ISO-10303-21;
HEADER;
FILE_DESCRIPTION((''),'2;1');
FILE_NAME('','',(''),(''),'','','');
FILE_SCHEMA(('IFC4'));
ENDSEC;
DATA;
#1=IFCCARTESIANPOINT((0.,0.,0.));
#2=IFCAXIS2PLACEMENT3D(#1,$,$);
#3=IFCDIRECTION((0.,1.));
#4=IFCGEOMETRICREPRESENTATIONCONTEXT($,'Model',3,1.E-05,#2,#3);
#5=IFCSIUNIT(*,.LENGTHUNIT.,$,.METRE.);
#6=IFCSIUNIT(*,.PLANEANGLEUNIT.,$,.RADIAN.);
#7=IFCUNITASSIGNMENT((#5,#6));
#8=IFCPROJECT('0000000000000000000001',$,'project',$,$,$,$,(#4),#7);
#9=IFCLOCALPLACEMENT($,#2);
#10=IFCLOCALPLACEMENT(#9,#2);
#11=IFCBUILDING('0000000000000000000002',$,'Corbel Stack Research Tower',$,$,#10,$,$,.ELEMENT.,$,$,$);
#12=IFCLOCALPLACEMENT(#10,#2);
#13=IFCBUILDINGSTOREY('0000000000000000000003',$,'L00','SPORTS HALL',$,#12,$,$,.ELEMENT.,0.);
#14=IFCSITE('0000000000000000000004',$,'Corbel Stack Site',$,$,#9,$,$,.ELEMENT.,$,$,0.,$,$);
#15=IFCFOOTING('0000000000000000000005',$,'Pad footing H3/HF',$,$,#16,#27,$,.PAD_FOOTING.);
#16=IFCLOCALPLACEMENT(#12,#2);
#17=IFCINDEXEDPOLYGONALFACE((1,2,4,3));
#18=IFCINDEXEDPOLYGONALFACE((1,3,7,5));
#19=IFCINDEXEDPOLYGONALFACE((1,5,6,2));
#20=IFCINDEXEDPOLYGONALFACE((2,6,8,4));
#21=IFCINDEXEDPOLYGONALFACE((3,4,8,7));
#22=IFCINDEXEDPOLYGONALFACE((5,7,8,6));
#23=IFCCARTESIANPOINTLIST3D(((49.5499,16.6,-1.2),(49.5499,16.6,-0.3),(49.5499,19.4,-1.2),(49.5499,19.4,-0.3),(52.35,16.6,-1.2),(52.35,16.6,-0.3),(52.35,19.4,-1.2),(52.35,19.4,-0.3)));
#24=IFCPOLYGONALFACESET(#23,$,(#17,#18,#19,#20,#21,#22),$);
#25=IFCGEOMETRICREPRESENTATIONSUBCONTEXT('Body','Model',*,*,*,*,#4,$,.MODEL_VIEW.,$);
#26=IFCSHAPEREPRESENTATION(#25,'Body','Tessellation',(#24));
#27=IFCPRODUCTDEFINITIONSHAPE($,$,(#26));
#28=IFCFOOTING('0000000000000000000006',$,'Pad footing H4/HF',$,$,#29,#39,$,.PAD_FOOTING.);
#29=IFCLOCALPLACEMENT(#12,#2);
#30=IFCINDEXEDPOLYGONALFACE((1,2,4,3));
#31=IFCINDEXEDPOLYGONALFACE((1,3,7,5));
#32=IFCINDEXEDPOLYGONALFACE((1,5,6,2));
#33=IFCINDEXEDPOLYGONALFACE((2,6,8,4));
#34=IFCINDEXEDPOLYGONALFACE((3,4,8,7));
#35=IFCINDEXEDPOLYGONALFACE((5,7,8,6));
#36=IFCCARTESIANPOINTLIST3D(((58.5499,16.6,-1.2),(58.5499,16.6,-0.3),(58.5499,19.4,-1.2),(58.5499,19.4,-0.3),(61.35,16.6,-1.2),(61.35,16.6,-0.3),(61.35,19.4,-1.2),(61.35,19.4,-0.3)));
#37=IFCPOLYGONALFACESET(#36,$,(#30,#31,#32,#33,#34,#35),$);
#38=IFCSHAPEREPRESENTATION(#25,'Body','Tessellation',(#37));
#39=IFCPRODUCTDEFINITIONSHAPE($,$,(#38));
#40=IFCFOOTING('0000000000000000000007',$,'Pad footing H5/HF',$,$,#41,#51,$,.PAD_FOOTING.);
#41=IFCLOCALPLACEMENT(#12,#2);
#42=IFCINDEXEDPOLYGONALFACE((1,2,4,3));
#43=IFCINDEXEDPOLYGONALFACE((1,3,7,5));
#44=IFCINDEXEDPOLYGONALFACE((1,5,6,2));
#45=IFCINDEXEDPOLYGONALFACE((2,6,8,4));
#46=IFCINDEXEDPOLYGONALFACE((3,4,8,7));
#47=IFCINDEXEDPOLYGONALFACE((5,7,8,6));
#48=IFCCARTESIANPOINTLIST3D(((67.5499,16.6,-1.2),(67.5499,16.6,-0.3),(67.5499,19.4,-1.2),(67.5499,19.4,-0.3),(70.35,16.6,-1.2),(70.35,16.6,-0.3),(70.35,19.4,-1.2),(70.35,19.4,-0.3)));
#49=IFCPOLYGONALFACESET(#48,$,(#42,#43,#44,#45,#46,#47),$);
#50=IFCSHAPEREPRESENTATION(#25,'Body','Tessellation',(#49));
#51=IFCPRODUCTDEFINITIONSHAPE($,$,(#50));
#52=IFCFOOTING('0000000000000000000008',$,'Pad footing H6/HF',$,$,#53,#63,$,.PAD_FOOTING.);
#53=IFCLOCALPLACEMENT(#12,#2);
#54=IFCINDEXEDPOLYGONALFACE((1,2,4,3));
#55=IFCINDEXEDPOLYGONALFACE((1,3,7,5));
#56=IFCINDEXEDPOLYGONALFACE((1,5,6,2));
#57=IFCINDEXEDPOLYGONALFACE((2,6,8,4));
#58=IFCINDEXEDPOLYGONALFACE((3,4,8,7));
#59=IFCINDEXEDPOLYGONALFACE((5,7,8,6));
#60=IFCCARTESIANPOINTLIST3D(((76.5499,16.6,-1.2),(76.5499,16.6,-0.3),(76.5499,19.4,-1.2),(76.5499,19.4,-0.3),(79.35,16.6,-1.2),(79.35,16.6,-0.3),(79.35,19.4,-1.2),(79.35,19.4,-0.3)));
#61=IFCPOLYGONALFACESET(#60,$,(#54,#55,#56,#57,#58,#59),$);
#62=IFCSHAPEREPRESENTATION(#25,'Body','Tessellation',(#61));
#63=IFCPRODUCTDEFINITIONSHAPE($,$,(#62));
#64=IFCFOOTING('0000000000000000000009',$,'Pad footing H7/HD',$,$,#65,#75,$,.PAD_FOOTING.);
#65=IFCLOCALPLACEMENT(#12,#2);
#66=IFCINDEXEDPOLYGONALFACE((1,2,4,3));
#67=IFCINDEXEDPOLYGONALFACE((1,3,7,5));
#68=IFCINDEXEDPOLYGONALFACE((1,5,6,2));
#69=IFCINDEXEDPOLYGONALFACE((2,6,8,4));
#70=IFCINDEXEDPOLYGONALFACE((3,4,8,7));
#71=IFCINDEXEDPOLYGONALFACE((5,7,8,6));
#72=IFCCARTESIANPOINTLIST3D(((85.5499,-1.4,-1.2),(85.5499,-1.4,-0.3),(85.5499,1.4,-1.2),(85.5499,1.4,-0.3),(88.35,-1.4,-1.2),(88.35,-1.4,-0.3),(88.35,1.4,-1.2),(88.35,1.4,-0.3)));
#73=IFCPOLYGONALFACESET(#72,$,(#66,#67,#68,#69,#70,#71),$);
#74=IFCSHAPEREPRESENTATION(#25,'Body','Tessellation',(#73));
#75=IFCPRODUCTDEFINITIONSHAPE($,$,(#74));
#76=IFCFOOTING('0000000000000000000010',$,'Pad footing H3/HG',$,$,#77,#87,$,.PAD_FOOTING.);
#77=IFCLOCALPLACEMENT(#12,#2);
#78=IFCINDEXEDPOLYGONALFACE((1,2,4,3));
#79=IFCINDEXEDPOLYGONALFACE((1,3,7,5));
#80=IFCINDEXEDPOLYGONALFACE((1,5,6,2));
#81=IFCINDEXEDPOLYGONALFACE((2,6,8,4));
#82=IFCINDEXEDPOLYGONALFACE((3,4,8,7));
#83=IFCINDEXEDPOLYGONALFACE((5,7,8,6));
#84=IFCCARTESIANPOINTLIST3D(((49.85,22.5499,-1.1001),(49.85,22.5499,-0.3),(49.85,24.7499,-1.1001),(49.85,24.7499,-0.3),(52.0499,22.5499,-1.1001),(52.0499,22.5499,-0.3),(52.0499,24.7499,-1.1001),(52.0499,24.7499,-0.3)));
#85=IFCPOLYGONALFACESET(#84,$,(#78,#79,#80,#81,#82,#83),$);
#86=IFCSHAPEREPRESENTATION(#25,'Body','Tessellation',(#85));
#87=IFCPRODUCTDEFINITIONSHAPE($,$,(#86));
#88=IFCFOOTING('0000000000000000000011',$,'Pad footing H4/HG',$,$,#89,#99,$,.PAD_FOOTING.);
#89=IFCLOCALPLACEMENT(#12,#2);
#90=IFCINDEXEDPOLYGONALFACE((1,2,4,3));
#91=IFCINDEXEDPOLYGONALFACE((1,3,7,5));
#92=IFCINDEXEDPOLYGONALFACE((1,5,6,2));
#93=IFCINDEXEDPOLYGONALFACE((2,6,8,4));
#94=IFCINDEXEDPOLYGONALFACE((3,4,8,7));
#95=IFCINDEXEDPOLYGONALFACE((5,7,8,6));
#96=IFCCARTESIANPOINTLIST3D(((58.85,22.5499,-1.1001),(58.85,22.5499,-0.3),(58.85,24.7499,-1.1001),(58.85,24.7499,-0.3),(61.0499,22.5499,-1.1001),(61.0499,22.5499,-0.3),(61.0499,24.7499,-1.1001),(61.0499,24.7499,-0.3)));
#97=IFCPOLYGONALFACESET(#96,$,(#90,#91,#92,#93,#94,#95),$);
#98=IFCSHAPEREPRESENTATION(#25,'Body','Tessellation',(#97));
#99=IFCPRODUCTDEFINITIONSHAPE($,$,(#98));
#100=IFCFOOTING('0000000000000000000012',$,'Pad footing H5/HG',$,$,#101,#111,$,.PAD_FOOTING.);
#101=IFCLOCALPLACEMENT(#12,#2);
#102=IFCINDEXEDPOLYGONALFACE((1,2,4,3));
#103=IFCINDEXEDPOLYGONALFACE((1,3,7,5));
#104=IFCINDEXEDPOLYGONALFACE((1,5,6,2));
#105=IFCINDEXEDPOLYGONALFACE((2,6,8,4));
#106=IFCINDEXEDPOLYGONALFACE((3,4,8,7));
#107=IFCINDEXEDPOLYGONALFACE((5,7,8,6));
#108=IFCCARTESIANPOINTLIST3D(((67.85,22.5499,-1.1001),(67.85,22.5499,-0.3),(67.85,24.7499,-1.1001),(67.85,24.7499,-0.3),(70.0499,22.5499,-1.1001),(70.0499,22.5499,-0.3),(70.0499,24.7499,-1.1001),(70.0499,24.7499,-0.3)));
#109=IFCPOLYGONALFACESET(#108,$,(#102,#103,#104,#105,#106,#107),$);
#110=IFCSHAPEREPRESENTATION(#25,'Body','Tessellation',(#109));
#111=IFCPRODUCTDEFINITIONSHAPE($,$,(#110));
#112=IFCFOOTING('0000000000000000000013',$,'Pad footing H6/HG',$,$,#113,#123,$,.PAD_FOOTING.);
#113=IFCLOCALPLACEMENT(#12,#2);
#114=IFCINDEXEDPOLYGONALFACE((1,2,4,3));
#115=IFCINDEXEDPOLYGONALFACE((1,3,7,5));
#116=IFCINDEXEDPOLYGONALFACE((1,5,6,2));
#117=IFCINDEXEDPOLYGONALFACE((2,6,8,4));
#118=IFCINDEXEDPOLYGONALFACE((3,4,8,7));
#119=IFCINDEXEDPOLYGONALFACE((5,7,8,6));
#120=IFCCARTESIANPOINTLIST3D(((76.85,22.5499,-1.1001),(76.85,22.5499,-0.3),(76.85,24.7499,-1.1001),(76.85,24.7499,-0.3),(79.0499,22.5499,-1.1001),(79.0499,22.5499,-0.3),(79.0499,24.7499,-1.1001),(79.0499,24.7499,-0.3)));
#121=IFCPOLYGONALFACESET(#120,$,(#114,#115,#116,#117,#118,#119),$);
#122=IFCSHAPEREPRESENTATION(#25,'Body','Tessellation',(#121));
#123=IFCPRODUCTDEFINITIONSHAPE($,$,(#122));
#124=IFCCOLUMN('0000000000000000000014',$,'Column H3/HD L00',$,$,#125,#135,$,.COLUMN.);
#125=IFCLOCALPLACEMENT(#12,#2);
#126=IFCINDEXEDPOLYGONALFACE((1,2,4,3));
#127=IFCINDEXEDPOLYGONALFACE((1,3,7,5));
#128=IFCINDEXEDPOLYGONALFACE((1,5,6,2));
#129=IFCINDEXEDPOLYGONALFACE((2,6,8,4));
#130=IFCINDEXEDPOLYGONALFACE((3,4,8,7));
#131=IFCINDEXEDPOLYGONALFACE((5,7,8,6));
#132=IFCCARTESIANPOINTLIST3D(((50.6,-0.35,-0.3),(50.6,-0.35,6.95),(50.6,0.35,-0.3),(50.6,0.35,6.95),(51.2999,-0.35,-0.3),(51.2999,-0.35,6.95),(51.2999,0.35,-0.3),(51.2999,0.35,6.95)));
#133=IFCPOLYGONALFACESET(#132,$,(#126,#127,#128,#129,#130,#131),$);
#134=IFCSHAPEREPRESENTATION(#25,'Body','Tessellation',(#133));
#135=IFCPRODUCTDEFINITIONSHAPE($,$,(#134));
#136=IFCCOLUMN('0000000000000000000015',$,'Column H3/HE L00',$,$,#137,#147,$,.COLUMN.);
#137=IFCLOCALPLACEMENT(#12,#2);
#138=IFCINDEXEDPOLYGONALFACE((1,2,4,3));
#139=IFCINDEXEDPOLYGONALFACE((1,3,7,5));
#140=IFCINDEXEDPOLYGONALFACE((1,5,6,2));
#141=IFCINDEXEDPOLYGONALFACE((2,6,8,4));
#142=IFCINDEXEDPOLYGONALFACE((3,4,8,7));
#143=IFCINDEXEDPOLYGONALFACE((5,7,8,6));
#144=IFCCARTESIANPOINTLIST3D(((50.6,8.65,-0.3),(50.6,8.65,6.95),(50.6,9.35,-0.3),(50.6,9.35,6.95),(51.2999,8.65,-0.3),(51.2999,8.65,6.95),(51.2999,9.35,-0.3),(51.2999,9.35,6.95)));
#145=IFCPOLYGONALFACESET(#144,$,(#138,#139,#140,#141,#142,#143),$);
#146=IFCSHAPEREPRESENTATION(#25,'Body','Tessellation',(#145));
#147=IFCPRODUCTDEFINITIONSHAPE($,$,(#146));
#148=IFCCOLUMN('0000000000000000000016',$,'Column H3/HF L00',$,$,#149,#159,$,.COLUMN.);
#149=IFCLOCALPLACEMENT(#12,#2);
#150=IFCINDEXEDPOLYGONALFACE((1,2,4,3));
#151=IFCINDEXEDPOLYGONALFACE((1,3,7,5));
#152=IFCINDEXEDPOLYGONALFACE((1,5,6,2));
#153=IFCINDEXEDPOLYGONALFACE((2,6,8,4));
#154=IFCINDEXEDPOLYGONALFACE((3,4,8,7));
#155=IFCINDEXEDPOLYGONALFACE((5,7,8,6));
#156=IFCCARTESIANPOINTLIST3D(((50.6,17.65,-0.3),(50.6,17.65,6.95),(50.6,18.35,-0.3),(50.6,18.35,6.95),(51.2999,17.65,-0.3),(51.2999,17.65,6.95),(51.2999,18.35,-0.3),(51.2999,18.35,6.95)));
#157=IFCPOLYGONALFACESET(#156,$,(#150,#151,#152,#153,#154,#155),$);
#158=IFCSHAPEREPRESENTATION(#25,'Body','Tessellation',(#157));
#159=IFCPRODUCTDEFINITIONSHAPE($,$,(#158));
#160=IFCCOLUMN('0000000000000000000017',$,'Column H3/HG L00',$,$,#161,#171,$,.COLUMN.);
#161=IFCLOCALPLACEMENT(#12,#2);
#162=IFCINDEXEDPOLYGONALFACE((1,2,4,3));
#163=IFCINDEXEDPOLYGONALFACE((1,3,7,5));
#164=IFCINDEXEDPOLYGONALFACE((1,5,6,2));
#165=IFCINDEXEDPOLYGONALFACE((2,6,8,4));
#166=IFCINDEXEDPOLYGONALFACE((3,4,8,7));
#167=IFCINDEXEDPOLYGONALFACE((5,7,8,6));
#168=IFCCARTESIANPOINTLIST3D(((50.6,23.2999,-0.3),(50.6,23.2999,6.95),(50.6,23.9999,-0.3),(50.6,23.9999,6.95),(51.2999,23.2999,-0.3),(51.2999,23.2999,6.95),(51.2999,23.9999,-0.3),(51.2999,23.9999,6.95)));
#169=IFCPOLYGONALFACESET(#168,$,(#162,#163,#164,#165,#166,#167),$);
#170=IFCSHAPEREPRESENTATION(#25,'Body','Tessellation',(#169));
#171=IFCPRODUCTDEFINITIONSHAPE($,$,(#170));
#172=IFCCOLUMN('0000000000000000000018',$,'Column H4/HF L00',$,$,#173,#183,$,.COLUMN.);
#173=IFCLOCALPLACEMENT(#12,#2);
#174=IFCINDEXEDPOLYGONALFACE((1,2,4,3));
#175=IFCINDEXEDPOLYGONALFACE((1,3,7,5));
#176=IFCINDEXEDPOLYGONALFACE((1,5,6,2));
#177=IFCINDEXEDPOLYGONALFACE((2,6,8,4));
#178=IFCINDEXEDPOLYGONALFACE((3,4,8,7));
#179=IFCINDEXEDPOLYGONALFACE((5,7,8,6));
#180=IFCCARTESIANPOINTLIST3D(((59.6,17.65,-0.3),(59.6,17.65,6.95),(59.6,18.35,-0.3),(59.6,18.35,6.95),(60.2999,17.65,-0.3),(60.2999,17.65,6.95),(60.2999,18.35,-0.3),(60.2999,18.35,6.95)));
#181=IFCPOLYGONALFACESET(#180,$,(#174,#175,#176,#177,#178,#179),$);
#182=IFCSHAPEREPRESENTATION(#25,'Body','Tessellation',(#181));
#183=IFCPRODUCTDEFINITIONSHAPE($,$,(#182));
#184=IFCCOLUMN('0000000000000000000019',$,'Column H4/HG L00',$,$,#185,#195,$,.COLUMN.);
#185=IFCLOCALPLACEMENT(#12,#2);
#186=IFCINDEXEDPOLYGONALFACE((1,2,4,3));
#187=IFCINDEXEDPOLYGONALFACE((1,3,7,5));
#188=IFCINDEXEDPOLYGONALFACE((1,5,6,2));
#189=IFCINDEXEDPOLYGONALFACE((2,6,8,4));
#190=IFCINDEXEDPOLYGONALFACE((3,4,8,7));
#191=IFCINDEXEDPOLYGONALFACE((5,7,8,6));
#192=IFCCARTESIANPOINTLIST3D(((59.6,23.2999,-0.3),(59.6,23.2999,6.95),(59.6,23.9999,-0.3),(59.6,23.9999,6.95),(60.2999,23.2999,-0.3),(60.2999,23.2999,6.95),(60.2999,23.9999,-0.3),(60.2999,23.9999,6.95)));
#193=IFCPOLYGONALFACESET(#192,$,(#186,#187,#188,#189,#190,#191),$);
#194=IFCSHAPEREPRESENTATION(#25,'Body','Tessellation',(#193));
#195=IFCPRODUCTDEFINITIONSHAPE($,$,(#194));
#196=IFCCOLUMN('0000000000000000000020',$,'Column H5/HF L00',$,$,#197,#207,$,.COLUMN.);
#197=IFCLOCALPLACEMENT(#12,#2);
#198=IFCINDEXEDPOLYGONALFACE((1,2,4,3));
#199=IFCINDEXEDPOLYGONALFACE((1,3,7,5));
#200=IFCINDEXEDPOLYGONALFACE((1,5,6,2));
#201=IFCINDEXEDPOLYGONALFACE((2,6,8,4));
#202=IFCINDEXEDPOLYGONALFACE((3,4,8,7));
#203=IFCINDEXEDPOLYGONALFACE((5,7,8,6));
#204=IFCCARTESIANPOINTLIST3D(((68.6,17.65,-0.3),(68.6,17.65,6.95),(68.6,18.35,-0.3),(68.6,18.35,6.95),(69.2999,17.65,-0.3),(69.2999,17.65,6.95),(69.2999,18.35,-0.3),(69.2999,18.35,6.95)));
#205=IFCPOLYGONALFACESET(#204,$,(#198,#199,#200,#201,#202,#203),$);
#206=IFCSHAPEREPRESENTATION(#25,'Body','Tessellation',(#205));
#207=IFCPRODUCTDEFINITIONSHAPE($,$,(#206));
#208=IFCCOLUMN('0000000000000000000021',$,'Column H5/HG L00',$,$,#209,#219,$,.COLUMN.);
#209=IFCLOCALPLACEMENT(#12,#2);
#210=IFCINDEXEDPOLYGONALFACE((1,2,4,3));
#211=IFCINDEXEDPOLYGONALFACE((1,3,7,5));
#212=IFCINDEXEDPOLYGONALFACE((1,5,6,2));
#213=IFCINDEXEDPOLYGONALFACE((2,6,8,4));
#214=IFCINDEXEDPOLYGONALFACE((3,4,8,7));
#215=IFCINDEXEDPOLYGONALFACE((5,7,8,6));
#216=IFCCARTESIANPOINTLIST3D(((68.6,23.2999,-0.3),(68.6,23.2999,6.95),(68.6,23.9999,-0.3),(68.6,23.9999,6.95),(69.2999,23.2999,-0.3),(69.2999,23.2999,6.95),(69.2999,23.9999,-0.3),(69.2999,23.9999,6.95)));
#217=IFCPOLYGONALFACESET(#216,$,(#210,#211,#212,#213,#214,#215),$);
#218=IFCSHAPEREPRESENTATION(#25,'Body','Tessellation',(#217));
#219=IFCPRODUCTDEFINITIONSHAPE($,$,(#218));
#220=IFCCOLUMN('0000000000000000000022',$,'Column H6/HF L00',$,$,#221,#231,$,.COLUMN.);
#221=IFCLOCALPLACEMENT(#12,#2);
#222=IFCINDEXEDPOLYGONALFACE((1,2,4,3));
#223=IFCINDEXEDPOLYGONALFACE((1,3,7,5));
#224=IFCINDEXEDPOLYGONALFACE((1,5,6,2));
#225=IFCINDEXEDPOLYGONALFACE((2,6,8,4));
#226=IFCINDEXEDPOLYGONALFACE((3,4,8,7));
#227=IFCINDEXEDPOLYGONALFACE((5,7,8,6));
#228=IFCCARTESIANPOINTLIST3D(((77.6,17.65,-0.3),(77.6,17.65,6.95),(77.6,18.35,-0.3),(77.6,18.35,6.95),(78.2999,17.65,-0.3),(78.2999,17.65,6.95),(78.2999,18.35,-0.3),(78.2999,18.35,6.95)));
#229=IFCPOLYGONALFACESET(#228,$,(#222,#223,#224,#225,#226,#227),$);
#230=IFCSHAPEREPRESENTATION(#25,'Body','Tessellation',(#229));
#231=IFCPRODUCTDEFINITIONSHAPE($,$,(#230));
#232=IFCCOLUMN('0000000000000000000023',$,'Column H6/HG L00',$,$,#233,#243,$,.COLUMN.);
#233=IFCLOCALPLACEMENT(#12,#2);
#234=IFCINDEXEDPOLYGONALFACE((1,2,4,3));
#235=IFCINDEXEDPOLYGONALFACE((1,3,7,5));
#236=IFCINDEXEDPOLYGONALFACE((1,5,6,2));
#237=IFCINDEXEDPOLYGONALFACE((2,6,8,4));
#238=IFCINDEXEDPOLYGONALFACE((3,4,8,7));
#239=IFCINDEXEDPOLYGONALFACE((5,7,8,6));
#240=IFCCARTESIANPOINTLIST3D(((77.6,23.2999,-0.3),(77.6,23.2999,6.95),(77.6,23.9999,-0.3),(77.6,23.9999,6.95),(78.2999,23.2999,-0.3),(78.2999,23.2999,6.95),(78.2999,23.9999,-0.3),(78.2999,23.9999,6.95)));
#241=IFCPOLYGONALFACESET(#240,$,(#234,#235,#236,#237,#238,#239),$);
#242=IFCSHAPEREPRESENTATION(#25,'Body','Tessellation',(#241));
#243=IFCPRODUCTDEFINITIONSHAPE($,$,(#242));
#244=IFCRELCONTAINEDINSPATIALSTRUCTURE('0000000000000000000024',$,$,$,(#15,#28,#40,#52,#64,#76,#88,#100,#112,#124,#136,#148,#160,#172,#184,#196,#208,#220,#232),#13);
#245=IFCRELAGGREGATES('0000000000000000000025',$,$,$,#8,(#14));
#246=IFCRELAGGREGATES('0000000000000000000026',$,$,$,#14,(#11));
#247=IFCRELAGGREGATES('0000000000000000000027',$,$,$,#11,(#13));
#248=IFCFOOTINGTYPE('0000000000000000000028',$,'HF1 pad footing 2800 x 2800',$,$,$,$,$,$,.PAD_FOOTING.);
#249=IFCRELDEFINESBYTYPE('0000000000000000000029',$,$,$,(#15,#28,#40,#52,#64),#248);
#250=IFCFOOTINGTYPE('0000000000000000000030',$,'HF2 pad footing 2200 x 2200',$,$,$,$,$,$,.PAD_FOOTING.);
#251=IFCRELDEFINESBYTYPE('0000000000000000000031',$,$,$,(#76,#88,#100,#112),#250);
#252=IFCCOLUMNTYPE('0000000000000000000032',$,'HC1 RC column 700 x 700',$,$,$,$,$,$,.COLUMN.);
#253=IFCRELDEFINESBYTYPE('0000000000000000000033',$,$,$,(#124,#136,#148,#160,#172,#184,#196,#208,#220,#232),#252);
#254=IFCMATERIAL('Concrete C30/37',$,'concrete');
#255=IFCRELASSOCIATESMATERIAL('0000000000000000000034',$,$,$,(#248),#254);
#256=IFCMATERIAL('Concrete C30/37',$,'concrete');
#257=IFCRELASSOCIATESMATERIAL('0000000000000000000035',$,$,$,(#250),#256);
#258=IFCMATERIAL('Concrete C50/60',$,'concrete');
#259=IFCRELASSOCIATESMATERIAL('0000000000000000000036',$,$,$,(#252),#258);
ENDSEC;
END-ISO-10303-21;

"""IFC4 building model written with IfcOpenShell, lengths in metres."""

from ifc_helpers import new_model, si_unit, direction, frame, origin, origin_2d, place, context, subcontext, project, spatial, rectangle, extrude, material, material_profile, profile_set, type_object, element, save


model = new_model("IFC4")

# Units and contexts
model_context = context("Model", 3, precision=1e-05, world=origin(), true_north=direction((0.0, 1.0)))
body_context = subcontext(model_context, "Body", "Model", "MODEL_VIEW")
ifc_project = project(units=[si_unit("LENGTHUNIT", "METRE"), si_unit("PLANEANGLEUNIT", "RADIAN")], contexts=[model_context])

# Site, building, storey
site_placement = place(None, origin())
site = spatial("IfcSite", under=ifc_project, at=site_placement, Name="Corbel Stack Site", CompositionType="ELEMENT", RefElevation=0.0)
building_placement = place(site_placement, origin())
building = spatial("IfcBuilding", under=site, at=building_placement, Name="Corbel Stack Research Tower", CompositionType="ELEMENT")
storey_placement = place(building_placement, origin())
storey = spatial("IfcBuildingStorey", under=building, at=storey_placement, Name="L00", Description="SPORTS HALL", CompositionType="ELEMENT", Elevation=0.0)

# Footings
ifc_material_1 = material(Name="Concrete C30/37", Category="concrete")
footing_type_1 = type_object("IfcFootingType", Name="HF1 pad footing 2800 x 2800", PredefinedType="PAD_FOOTING", material=ifc_material_1)
for number, where, z_axis, x_axis, name in (
    (1, (50.95, 18.0, -1.2), (0.0, 0.0, 1.0), (1.0, 0.0, 0.0), "Pad footing H3/HF"),
    (2, (59.95, 18.0, -1.2), (0.0, 0.0, 1.0), (1.0, 0.0, 0.0), "Pad footing H4/HF"),
    (3, (68.95, 18.0, -1.2), (0.0, 0.0, 1.0), (1.0, 0.0, 0.0), "Pad footing H5/HF"),
    (4, (77.95, 18.0, -1.2), (0.0, 0.0, 1.0), (1.0, 0.0, 0.0), "Pad footing H6/HF"),
    (5, (86.95, 0.0, -1.2), (0.0, 0.0, 1.0), (1.0, 0.0, 0.0), "Pad footing H7/HD"),
):
    element("IfcFooting", number, at=place(storey_placement, frame(where, z_axis=z_axis, x_axis=x_axis)), inside=storey, type_object=footing_type_1, Name=name, PredefinedType="PAD_FOOTING", context=body_context, shape_type="SweptSolid", body=[
        extrude(rectangle(XDim=2.8, YDim=2.8, at=origin_2d()), origin(), (0.0, 0.0, 1.0), 0.8999),
    ])
ifc_material_2 = material(Name="Concrete C30/37", Category="concrete")
footing_type_2 = type_object("IfcFootingType", Name="HF2 pad footing 2200 x 2200", PredefinedType="PAD_FOOTING", material=ifc_material_2)
for number, where, z_axis, x_axis, name in (
    (6, (50.95, 23.6499, -1.1001), (0.0, 0.0, 1.0), (1.0, 0.0, 0.0), "Pad footing H3/HG"),
    (7, (59.95, 23.6499, -1.1001), (0.0, 0.0, 1.0), (1.0, 0.0, 0.0), "Pad footing H4/HG"),
    (8, (68.95, 23.6499, -1.1001), (0.0, 0.0, 1.0), (1.0, 0.0, 0.0), "Pad footing H5/HG"),
    (9, (77.95, 23.6499, -1.1001), (0.0, 0.0, 1.0), (1.0, 0.0, 0.0), "Pad footing H6/HG"),
):
    element("IfcFooting", number, at=place(storey_placement, frame(where, z_axis=z_axis, x_axis=x_axis)), inside=storey, type_object=footing_type_2, Name=name, PredefinedType="PAD_FOOTING", context=body_context, shape_type="SweptSolid", body=[
        extrude(rectangle(XDim=2.2, YDim=2.2, at=origin_2d()), origin(), (0.0, 0.0, 1.0), 0.8),
    ])

# Columns
ifc_material_3 = material(Name="Concrete C50/60", Category="concrete")
ifc_material_profile = material_profile(ifc_material_3, rectangle(XDim=0.7, YDim=0.7, at=origin_2d()), Name="RC 700 x 700")
ifc_profile_set = profile_set([ifc_material_profile], Name="Concrete C50/60")
column_type = type_object("IfcColumnType", Name="HC1 RC column 700 x 700", PredefinedType="COLUMN", material=ifc_profile_set)
for number, where, z_axis, x_axis, name in (
    (10, (50.95, 0.0, -0.3), (0.0, 0.0, 1.0), (1.0, 0.0, 0.0), "Column H3/HD L00"),
    (11, (50.95, 9.0, -0.3), (0.0, 0.0, 1.0), (1.0, 0.0, 0.0), "Column H3/HE L00"),
    (12, (50.95, 18.0, -0.3), (0.0, 0.0, 1.0), (1.0, 0.0, 0.0), "Column H3/HF L00"),
    (13, (50.95, 23.6499, -0.3), (0.0, 0.0, 1.0), (1.0, 0.0, 0.0), "Column H3/HG L00"),
    (14, (59.95, 18.0, -0.3), (0.0, 0.0, 1.0), (1.0, 0.0, 0.0), "Column H4/HF L00"),
    (15, (59.95, 23.6499, -0.3), (0.0, 0.0, 1.0), (1.0, 0.0, 0.0), "Column H4/HG L00"),
    (16, (68.95, 18.0, -0.3), (0.0, 0.0, 1.0), (1.0, 0.0, 0.0), "Column H5/HF L00"),
    (17, (68.95, 23.6499, -0.3), (0.0, 0.0, 1.0), (1.0, 0.0, 0.0), "Column H5/HG L00"),
    (18, (77.95, 18.0, -0.3), (0.0, 0.0, 1.0), (1.0, 0.0, 0.0), "Column H6/HF L00"),
    (19, (77.95, 23.6499, -0.3), (0.0, 0.0, 1.0), (1.0, 0.0, 0.0), "Column H6/HG L00"),
):
    element("IfcColumn", number, at=place(storey_placement, frame(where, z_axis=z_axis, x_axis=x_axis)), inside=storey, type_object=column_type, Name=name, PredefinedType="COLUMN", context=body_context, shape_type="SweptSolid", body=[
        extrude(rectangle(XDim=0.7, YDim=0.7, at=origin_2d()), origin(), (0.0, 0.0, 1.0), 7.25),
    ])

save(model, "model.ifc")
